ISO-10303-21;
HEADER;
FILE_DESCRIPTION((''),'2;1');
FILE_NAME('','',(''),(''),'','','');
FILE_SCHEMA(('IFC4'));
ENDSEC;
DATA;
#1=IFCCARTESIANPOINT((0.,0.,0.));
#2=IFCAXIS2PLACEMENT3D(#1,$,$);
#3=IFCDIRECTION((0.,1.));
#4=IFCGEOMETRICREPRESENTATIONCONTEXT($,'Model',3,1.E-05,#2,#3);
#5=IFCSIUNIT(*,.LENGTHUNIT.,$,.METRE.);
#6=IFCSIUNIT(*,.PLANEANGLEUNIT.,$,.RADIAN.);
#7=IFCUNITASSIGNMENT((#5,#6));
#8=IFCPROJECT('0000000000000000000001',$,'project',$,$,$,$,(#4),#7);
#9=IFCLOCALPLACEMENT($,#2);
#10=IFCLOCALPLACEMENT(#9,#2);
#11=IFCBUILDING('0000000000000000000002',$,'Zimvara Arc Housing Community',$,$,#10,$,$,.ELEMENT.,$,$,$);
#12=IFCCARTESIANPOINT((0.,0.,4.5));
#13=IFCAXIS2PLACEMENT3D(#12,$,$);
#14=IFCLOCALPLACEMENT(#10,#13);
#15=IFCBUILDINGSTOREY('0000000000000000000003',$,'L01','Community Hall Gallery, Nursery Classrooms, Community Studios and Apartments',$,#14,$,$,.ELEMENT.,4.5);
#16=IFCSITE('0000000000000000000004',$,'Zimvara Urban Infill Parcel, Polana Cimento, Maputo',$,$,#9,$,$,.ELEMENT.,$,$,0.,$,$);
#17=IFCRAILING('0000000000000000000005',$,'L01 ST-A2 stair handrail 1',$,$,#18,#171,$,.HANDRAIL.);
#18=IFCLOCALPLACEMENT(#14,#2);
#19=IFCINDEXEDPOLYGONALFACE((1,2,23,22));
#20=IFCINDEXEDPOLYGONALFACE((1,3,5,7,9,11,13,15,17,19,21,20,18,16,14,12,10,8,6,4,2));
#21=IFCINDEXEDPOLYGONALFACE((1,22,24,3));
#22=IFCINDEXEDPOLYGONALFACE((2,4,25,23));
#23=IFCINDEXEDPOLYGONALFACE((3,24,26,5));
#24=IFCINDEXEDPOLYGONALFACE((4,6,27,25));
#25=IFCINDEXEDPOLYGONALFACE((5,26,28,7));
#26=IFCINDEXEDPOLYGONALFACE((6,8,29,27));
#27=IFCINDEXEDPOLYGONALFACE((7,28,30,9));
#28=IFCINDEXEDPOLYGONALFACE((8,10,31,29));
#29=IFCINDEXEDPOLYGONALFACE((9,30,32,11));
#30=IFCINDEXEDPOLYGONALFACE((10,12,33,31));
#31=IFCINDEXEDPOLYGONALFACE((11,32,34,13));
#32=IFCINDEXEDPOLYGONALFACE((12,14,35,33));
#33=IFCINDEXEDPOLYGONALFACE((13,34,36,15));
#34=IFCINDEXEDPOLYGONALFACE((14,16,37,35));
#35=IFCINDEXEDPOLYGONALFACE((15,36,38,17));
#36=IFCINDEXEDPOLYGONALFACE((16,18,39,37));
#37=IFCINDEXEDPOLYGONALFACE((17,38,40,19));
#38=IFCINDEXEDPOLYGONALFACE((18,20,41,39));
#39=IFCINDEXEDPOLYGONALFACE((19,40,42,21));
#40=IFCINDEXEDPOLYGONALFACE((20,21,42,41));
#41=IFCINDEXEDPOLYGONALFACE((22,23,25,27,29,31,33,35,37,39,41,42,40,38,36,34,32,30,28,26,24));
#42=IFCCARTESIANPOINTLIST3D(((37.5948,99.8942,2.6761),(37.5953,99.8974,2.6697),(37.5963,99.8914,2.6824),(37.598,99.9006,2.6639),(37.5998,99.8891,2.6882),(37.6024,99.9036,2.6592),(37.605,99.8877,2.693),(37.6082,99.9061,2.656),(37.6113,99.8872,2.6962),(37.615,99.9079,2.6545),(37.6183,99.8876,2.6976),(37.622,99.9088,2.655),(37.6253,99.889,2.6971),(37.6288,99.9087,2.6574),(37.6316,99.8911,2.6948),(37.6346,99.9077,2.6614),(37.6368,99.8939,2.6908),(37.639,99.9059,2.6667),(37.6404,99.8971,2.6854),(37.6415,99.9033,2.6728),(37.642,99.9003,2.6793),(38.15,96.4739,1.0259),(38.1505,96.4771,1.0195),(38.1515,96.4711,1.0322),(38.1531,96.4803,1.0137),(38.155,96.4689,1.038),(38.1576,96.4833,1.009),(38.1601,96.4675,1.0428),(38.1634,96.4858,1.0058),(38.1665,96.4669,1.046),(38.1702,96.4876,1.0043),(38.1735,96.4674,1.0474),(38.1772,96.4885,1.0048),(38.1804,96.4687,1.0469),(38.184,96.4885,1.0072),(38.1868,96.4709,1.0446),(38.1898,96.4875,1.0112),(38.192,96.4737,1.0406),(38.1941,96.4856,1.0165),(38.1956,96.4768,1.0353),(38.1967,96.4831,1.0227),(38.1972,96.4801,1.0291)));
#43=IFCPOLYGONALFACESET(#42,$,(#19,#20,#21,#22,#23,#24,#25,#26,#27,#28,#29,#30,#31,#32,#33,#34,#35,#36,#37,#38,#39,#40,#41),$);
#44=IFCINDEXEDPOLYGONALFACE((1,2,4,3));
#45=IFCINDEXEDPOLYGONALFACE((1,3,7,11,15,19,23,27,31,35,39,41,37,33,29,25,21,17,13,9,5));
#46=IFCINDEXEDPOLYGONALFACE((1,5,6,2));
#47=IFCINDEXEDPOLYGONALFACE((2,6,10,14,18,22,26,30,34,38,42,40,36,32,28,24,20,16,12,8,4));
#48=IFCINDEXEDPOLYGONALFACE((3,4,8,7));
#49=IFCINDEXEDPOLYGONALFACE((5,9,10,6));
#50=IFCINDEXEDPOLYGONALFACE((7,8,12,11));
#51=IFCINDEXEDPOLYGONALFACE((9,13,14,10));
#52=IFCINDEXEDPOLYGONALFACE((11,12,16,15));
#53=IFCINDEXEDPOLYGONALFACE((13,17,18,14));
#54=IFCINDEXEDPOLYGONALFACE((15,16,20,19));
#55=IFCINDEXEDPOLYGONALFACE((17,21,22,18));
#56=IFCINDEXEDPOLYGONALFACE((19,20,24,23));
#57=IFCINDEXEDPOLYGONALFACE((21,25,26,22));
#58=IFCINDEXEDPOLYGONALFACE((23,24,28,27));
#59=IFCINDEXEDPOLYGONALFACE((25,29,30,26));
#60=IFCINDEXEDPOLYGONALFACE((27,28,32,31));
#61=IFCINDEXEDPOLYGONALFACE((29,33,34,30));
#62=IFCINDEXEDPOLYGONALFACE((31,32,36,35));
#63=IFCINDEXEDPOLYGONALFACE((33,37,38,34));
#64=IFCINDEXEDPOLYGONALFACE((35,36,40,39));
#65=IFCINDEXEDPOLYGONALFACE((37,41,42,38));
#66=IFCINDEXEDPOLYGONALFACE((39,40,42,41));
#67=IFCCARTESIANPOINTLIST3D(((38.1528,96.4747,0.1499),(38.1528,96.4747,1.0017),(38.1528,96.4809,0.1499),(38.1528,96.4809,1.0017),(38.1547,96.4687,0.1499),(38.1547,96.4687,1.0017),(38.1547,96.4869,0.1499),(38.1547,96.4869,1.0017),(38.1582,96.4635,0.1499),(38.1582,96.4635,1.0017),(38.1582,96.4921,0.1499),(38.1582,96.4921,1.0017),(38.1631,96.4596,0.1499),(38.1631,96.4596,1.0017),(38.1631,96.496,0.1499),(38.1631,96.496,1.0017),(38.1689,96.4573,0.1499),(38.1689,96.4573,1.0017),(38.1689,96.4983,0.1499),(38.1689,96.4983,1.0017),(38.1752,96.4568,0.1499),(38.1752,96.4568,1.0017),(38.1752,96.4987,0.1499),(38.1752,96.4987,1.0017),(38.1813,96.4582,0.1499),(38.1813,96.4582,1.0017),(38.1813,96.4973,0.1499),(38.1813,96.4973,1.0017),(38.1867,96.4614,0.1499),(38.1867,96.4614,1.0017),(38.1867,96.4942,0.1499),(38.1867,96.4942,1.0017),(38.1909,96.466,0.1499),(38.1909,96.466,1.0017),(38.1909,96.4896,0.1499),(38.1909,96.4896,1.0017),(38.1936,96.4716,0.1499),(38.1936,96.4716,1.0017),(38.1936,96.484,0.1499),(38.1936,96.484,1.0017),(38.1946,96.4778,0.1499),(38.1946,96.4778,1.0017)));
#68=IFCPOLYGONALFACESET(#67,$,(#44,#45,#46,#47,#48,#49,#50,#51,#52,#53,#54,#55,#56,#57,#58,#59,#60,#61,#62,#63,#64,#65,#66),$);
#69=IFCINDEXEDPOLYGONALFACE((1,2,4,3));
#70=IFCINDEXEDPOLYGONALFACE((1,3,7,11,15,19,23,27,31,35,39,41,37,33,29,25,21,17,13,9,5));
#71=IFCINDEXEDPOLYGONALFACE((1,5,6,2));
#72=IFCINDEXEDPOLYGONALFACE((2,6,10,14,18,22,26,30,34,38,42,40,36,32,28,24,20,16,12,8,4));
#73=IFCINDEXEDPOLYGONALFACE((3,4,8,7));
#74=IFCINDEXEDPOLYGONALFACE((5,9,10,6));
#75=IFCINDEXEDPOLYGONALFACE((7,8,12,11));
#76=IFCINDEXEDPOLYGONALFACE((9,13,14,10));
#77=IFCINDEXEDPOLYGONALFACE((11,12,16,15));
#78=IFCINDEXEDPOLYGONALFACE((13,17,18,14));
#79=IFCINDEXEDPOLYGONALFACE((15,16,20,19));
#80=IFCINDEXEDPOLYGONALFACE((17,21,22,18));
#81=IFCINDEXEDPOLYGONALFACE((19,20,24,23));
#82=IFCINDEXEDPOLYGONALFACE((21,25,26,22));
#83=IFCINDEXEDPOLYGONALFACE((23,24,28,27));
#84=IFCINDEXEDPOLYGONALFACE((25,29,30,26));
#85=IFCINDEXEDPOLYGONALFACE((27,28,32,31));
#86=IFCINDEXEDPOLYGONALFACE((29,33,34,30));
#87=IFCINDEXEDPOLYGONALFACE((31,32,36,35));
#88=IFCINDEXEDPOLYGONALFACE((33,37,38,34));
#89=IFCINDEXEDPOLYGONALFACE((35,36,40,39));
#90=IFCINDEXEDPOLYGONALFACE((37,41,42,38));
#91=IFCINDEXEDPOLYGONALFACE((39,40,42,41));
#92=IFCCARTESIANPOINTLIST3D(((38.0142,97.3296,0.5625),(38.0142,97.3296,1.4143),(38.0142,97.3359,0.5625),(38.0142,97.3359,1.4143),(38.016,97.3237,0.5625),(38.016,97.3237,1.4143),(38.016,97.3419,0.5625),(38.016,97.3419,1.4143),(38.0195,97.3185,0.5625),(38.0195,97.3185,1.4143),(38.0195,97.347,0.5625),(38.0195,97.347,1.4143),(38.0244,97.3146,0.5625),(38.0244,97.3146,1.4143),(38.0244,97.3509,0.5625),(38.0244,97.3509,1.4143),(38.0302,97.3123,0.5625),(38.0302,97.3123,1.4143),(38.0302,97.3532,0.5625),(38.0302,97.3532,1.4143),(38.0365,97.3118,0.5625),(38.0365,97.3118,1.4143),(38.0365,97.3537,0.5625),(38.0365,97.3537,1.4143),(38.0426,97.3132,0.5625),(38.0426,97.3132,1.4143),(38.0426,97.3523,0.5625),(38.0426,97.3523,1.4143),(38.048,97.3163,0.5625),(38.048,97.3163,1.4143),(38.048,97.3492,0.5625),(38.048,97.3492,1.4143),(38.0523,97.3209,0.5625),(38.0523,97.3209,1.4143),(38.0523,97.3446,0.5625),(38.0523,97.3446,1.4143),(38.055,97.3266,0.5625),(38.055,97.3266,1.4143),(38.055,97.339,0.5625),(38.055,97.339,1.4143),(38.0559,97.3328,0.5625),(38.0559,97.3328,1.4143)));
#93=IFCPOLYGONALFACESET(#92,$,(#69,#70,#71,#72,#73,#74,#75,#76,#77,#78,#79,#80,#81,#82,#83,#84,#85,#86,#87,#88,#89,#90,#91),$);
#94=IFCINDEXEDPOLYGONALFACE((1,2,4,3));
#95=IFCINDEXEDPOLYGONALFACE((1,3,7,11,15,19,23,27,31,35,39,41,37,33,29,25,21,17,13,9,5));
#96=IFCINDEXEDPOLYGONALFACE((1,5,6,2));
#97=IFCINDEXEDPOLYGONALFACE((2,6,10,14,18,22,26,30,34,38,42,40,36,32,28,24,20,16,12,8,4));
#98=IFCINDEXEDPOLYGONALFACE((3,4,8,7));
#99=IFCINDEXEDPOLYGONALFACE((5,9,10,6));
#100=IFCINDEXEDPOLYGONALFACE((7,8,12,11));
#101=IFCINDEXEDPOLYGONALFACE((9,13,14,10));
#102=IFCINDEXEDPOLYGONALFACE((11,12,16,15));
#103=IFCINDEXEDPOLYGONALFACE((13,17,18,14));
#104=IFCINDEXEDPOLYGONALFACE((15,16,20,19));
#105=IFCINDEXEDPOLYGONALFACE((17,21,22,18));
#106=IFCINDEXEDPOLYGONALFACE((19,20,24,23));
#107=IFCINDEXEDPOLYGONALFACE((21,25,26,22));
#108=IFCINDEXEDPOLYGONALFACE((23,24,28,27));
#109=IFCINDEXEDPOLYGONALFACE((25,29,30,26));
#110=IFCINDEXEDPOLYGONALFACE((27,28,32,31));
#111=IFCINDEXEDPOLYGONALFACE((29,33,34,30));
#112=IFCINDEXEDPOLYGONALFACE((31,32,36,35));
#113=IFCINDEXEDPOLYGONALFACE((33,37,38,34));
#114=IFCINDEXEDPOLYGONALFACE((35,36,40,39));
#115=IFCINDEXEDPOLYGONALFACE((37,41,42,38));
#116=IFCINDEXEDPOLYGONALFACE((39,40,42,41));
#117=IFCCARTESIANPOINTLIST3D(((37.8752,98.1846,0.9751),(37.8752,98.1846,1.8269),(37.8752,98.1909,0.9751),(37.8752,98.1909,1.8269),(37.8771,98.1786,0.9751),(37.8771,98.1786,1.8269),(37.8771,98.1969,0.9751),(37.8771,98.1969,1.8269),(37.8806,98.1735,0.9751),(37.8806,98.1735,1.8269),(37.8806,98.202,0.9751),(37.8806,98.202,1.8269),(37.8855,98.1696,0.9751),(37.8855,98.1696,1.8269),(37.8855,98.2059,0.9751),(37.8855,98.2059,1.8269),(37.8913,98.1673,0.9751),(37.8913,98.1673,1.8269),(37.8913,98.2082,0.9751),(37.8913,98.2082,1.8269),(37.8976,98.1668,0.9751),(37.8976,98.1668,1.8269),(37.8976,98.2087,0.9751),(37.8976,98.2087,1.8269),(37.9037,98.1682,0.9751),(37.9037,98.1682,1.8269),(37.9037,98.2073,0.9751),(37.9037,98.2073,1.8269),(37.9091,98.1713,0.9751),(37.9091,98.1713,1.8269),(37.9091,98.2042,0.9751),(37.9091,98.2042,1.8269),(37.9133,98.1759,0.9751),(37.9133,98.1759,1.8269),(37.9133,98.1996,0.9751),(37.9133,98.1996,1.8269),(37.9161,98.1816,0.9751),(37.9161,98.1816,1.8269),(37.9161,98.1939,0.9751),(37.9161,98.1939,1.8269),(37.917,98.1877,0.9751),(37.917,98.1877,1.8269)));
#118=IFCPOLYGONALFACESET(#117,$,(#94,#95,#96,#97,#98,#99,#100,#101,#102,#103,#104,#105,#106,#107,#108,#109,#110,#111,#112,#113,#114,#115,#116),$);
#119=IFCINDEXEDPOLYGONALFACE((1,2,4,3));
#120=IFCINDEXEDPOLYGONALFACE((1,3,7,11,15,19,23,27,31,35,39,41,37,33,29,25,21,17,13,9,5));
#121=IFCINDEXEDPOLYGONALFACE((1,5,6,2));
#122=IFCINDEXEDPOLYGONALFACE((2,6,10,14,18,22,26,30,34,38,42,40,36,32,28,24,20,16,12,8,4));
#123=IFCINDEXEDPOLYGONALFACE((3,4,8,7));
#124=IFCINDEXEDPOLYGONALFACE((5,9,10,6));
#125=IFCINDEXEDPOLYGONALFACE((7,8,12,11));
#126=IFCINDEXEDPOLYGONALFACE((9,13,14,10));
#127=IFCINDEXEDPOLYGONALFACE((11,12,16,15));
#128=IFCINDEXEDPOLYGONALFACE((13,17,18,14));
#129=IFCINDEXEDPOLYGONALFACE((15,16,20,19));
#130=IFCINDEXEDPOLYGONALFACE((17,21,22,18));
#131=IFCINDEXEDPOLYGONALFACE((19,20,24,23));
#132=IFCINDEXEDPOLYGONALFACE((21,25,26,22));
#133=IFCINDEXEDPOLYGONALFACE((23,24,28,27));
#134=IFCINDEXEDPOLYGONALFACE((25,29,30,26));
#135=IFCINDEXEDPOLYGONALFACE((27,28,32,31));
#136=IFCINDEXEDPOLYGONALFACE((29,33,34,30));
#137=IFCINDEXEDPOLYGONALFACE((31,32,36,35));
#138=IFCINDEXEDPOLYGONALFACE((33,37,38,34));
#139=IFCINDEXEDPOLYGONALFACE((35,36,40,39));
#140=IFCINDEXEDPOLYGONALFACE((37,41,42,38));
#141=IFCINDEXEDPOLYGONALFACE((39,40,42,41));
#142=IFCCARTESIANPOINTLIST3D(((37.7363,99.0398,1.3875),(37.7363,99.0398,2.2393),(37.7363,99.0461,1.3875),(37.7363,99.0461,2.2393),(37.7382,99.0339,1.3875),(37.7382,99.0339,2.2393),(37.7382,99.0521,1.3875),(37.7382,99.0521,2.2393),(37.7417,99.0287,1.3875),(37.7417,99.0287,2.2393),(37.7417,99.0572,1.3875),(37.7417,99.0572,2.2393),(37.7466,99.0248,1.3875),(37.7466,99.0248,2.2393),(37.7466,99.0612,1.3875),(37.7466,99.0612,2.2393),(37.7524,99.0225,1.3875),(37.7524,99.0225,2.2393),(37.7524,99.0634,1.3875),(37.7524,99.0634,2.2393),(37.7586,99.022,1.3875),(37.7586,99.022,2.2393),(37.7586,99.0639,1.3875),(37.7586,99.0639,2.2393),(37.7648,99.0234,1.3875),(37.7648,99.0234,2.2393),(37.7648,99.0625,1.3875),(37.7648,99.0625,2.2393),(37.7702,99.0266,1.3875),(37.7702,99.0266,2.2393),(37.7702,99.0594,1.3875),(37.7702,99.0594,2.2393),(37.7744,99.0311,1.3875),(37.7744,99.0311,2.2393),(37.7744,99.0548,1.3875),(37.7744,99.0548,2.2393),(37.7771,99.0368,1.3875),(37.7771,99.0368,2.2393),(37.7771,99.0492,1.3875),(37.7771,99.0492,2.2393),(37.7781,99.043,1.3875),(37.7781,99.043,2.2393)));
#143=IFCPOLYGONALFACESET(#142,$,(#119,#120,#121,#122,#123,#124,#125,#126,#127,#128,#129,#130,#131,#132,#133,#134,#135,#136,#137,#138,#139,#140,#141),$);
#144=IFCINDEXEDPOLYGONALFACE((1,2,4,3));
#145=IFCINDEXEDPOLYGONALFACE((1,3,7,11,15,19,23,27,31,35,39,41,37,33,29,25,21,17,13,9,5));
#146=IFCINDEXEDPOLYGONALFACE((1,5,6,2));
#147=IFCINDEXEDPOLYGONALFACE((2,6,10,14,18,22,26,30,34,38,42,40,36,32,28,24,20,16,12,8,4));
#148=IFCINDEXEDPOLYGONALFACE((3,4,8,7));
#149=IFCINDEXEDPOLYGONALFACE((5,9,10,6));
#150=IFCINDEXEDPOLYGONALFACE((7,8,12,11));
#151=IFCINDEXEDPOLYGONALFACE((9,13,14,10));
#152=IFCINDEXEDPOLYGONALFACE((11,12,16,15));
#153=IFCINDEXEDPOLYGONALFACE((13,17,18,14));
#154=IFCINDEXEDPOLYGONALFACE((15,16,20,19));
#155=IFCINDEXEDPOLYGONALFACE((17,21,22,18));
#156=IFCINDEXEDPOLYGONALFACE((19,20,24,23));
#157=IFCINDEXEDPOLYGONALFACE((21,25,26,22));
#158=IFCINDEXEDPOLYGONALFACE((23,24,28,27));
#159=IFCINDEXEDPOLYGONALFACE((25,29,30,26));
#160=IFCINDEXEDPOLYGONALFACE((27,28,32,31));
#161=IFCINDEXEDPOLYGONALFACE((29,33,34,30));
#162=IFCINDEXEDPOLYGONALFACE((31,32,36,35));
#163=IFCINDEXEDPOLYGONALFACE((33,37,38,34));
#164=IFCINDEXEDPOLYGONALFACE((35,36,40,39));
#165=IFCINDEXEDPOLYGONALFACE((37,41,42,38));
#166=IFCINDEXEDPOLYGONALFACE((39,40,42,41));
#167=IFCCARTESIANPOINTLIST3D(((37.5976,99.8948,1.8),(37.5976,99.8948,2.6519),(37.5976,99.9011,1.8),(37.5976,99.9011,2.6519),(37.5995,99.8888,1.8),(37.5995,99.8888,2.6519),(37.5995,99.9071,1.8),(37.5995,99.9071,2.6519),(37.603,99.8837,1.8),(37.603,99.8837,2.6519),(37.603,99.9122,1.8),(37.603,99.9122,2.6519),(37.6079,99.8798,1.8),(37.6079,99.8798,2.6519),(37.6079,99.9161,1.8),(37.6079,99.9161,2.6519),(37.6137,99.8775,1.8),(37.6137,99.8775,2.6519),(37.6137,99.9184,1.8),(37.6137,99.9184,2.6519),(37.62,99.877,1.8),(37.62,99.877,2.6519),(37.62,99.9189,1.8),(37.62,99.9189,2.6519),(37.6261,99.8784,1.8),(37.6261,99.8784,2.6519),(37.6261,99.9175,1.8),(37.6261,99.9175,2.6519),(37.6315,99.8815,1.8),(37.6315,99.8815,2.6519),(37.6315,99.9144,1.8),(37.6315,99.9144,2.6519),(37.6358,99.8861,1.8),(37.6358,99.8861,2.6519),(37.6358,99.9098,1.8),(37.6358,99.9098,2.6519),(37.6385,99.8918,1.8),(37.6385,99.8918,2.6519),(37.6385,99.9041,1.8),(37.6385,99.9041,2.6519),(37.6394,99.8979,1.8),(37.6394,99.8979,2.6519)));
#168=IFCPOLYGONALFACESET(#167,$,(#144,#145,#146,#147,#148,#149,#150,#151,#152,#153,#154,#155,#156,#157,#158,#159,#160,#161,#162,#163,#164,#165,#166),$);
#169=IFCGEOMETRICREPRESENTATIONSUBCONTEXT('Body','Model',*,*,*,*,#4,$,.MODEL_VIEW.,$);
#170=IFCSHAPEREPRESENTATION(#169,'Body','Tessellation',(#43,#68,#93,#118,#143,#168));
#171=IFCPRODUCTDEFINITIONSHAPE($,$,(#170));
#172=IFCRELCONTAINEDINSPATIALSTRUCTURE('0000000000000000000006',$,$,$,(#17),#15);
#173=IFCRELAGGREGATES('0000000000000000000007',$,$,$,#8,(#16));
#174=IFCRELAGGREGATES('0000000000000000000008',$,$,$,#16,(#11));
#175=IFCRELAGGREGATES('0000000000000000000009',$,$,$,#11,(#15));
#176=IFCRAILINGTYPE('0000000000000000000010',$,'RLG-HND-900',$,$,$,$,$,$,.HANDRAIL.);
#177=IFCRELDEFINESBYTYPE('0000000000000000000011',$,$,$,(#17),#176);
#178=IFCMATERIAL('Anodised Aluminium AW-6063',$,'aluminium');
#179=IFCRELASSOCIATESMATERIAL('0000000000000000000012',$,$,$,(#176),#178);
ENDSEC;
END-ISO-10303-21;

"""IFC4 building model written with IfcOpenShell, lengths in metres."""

from ifc_helpers import new_model, si_unit, direction, frame, origin, origin_2d, place, context, subcontext, project, spatial, circle, extrude, material, type_object, element, save


model = new_model("IFC4")

# Units and contexts
model_context = context("Model", 3, precision=1e-05, world=origin(), true_north=direction((0.0, 1.0)))
body_context = subcontext(model_context, "Body", "Model", "MODEL_VIEW")
ifc_project = project(units=[si_unit("LENGTHUNIT", "METRE"), si_unit("PLANEANGLEUNIT", "RADIAN")], contexts=[model_context])

# Site, building, storey
site_placement = place(None, origin())
site = spatial("IfcSite", under=ifc_project, at=site_placement, Name="Zimvara Urban Infill Parcel, Polana Cimento, Maputo", CompositionType="ELEMENT", RefElevation=0.0)
building_placement = place(site_placement, origin())
building = spatial("IfcBuilding", under=site, at=building_placement, Name="Zimvara Arc Housing Community", CompositionType="ELEMENT")
storey_placement = place(building_placement, frame((0.0, 0.0, 4.5)))
storey = spatial("IfcBuildingStorey", under=building, at=storey_placement, Name="L01", Description="Community Hall Gallery, Nursery Classrooms, Community Studios and Apartments", CompositionType="ELEMENT", Elevation=4.5)

# Railing
ifc_material_1 = material(Name="Anodised Aluminium AW-6063", Category="aluminium")
railing_type_1 = type_object("IfcRailingType", Name="RLG-HND-900", PredefinedType="HANDRAIL", material=ifc_material_1)
railing_1_placement = place(storey_placement, frame((38.1736, 96.4778, 0.1499)))
element("IfcRailing", 1, at=railing_1_placement, inside=storey, type_object=railing_type_1, Name="L01 ST-A2 stair handrail 1", PredefinedType="HANDRAIL", context=body_context, shape_type="SweptSolid", body=[
    extrude(circle(Radius=0.0239, at=origin_2d()), frame((0.0, 0.0, 0.876), z_axis=(-0.14466, 0.891178, 0.429972), x_axis=(-0.98708, -0.160227, 0.0)), (0.0, 0.0, 1.0), 3.8379),
    extrude(circle(Radius=0.021, at=origin_2d()), origin(), (0.0, 0.0, 1.0), 0.8518),
    extrude(circle(Radius=0.021, at=origin_2d()), frame((-0.1387, 0.855, 0.4126)), (0.0, 0.0, 1.0), 0.8518),
    extrude(circle(Radius=0.021, at=origin_2d()), frame((-0.2776, 1.71, 0.8252)), (0.0, 0.0, 1.0), 0.8518),
    extrude(circle(Radius=0.021, at=origin_2d()), frame((-0.4165, 2.5652, 1.2375)), (0.0, 0.0, 1.0), 0.8518),
    extrude(circle(Radius=0.021, at=origin_2d()), frame((-0.5552, 3.4202, 1.6501)), (0.0, 0.0, 1.0), 0.8518),
])

save(model, "model.ifc")
